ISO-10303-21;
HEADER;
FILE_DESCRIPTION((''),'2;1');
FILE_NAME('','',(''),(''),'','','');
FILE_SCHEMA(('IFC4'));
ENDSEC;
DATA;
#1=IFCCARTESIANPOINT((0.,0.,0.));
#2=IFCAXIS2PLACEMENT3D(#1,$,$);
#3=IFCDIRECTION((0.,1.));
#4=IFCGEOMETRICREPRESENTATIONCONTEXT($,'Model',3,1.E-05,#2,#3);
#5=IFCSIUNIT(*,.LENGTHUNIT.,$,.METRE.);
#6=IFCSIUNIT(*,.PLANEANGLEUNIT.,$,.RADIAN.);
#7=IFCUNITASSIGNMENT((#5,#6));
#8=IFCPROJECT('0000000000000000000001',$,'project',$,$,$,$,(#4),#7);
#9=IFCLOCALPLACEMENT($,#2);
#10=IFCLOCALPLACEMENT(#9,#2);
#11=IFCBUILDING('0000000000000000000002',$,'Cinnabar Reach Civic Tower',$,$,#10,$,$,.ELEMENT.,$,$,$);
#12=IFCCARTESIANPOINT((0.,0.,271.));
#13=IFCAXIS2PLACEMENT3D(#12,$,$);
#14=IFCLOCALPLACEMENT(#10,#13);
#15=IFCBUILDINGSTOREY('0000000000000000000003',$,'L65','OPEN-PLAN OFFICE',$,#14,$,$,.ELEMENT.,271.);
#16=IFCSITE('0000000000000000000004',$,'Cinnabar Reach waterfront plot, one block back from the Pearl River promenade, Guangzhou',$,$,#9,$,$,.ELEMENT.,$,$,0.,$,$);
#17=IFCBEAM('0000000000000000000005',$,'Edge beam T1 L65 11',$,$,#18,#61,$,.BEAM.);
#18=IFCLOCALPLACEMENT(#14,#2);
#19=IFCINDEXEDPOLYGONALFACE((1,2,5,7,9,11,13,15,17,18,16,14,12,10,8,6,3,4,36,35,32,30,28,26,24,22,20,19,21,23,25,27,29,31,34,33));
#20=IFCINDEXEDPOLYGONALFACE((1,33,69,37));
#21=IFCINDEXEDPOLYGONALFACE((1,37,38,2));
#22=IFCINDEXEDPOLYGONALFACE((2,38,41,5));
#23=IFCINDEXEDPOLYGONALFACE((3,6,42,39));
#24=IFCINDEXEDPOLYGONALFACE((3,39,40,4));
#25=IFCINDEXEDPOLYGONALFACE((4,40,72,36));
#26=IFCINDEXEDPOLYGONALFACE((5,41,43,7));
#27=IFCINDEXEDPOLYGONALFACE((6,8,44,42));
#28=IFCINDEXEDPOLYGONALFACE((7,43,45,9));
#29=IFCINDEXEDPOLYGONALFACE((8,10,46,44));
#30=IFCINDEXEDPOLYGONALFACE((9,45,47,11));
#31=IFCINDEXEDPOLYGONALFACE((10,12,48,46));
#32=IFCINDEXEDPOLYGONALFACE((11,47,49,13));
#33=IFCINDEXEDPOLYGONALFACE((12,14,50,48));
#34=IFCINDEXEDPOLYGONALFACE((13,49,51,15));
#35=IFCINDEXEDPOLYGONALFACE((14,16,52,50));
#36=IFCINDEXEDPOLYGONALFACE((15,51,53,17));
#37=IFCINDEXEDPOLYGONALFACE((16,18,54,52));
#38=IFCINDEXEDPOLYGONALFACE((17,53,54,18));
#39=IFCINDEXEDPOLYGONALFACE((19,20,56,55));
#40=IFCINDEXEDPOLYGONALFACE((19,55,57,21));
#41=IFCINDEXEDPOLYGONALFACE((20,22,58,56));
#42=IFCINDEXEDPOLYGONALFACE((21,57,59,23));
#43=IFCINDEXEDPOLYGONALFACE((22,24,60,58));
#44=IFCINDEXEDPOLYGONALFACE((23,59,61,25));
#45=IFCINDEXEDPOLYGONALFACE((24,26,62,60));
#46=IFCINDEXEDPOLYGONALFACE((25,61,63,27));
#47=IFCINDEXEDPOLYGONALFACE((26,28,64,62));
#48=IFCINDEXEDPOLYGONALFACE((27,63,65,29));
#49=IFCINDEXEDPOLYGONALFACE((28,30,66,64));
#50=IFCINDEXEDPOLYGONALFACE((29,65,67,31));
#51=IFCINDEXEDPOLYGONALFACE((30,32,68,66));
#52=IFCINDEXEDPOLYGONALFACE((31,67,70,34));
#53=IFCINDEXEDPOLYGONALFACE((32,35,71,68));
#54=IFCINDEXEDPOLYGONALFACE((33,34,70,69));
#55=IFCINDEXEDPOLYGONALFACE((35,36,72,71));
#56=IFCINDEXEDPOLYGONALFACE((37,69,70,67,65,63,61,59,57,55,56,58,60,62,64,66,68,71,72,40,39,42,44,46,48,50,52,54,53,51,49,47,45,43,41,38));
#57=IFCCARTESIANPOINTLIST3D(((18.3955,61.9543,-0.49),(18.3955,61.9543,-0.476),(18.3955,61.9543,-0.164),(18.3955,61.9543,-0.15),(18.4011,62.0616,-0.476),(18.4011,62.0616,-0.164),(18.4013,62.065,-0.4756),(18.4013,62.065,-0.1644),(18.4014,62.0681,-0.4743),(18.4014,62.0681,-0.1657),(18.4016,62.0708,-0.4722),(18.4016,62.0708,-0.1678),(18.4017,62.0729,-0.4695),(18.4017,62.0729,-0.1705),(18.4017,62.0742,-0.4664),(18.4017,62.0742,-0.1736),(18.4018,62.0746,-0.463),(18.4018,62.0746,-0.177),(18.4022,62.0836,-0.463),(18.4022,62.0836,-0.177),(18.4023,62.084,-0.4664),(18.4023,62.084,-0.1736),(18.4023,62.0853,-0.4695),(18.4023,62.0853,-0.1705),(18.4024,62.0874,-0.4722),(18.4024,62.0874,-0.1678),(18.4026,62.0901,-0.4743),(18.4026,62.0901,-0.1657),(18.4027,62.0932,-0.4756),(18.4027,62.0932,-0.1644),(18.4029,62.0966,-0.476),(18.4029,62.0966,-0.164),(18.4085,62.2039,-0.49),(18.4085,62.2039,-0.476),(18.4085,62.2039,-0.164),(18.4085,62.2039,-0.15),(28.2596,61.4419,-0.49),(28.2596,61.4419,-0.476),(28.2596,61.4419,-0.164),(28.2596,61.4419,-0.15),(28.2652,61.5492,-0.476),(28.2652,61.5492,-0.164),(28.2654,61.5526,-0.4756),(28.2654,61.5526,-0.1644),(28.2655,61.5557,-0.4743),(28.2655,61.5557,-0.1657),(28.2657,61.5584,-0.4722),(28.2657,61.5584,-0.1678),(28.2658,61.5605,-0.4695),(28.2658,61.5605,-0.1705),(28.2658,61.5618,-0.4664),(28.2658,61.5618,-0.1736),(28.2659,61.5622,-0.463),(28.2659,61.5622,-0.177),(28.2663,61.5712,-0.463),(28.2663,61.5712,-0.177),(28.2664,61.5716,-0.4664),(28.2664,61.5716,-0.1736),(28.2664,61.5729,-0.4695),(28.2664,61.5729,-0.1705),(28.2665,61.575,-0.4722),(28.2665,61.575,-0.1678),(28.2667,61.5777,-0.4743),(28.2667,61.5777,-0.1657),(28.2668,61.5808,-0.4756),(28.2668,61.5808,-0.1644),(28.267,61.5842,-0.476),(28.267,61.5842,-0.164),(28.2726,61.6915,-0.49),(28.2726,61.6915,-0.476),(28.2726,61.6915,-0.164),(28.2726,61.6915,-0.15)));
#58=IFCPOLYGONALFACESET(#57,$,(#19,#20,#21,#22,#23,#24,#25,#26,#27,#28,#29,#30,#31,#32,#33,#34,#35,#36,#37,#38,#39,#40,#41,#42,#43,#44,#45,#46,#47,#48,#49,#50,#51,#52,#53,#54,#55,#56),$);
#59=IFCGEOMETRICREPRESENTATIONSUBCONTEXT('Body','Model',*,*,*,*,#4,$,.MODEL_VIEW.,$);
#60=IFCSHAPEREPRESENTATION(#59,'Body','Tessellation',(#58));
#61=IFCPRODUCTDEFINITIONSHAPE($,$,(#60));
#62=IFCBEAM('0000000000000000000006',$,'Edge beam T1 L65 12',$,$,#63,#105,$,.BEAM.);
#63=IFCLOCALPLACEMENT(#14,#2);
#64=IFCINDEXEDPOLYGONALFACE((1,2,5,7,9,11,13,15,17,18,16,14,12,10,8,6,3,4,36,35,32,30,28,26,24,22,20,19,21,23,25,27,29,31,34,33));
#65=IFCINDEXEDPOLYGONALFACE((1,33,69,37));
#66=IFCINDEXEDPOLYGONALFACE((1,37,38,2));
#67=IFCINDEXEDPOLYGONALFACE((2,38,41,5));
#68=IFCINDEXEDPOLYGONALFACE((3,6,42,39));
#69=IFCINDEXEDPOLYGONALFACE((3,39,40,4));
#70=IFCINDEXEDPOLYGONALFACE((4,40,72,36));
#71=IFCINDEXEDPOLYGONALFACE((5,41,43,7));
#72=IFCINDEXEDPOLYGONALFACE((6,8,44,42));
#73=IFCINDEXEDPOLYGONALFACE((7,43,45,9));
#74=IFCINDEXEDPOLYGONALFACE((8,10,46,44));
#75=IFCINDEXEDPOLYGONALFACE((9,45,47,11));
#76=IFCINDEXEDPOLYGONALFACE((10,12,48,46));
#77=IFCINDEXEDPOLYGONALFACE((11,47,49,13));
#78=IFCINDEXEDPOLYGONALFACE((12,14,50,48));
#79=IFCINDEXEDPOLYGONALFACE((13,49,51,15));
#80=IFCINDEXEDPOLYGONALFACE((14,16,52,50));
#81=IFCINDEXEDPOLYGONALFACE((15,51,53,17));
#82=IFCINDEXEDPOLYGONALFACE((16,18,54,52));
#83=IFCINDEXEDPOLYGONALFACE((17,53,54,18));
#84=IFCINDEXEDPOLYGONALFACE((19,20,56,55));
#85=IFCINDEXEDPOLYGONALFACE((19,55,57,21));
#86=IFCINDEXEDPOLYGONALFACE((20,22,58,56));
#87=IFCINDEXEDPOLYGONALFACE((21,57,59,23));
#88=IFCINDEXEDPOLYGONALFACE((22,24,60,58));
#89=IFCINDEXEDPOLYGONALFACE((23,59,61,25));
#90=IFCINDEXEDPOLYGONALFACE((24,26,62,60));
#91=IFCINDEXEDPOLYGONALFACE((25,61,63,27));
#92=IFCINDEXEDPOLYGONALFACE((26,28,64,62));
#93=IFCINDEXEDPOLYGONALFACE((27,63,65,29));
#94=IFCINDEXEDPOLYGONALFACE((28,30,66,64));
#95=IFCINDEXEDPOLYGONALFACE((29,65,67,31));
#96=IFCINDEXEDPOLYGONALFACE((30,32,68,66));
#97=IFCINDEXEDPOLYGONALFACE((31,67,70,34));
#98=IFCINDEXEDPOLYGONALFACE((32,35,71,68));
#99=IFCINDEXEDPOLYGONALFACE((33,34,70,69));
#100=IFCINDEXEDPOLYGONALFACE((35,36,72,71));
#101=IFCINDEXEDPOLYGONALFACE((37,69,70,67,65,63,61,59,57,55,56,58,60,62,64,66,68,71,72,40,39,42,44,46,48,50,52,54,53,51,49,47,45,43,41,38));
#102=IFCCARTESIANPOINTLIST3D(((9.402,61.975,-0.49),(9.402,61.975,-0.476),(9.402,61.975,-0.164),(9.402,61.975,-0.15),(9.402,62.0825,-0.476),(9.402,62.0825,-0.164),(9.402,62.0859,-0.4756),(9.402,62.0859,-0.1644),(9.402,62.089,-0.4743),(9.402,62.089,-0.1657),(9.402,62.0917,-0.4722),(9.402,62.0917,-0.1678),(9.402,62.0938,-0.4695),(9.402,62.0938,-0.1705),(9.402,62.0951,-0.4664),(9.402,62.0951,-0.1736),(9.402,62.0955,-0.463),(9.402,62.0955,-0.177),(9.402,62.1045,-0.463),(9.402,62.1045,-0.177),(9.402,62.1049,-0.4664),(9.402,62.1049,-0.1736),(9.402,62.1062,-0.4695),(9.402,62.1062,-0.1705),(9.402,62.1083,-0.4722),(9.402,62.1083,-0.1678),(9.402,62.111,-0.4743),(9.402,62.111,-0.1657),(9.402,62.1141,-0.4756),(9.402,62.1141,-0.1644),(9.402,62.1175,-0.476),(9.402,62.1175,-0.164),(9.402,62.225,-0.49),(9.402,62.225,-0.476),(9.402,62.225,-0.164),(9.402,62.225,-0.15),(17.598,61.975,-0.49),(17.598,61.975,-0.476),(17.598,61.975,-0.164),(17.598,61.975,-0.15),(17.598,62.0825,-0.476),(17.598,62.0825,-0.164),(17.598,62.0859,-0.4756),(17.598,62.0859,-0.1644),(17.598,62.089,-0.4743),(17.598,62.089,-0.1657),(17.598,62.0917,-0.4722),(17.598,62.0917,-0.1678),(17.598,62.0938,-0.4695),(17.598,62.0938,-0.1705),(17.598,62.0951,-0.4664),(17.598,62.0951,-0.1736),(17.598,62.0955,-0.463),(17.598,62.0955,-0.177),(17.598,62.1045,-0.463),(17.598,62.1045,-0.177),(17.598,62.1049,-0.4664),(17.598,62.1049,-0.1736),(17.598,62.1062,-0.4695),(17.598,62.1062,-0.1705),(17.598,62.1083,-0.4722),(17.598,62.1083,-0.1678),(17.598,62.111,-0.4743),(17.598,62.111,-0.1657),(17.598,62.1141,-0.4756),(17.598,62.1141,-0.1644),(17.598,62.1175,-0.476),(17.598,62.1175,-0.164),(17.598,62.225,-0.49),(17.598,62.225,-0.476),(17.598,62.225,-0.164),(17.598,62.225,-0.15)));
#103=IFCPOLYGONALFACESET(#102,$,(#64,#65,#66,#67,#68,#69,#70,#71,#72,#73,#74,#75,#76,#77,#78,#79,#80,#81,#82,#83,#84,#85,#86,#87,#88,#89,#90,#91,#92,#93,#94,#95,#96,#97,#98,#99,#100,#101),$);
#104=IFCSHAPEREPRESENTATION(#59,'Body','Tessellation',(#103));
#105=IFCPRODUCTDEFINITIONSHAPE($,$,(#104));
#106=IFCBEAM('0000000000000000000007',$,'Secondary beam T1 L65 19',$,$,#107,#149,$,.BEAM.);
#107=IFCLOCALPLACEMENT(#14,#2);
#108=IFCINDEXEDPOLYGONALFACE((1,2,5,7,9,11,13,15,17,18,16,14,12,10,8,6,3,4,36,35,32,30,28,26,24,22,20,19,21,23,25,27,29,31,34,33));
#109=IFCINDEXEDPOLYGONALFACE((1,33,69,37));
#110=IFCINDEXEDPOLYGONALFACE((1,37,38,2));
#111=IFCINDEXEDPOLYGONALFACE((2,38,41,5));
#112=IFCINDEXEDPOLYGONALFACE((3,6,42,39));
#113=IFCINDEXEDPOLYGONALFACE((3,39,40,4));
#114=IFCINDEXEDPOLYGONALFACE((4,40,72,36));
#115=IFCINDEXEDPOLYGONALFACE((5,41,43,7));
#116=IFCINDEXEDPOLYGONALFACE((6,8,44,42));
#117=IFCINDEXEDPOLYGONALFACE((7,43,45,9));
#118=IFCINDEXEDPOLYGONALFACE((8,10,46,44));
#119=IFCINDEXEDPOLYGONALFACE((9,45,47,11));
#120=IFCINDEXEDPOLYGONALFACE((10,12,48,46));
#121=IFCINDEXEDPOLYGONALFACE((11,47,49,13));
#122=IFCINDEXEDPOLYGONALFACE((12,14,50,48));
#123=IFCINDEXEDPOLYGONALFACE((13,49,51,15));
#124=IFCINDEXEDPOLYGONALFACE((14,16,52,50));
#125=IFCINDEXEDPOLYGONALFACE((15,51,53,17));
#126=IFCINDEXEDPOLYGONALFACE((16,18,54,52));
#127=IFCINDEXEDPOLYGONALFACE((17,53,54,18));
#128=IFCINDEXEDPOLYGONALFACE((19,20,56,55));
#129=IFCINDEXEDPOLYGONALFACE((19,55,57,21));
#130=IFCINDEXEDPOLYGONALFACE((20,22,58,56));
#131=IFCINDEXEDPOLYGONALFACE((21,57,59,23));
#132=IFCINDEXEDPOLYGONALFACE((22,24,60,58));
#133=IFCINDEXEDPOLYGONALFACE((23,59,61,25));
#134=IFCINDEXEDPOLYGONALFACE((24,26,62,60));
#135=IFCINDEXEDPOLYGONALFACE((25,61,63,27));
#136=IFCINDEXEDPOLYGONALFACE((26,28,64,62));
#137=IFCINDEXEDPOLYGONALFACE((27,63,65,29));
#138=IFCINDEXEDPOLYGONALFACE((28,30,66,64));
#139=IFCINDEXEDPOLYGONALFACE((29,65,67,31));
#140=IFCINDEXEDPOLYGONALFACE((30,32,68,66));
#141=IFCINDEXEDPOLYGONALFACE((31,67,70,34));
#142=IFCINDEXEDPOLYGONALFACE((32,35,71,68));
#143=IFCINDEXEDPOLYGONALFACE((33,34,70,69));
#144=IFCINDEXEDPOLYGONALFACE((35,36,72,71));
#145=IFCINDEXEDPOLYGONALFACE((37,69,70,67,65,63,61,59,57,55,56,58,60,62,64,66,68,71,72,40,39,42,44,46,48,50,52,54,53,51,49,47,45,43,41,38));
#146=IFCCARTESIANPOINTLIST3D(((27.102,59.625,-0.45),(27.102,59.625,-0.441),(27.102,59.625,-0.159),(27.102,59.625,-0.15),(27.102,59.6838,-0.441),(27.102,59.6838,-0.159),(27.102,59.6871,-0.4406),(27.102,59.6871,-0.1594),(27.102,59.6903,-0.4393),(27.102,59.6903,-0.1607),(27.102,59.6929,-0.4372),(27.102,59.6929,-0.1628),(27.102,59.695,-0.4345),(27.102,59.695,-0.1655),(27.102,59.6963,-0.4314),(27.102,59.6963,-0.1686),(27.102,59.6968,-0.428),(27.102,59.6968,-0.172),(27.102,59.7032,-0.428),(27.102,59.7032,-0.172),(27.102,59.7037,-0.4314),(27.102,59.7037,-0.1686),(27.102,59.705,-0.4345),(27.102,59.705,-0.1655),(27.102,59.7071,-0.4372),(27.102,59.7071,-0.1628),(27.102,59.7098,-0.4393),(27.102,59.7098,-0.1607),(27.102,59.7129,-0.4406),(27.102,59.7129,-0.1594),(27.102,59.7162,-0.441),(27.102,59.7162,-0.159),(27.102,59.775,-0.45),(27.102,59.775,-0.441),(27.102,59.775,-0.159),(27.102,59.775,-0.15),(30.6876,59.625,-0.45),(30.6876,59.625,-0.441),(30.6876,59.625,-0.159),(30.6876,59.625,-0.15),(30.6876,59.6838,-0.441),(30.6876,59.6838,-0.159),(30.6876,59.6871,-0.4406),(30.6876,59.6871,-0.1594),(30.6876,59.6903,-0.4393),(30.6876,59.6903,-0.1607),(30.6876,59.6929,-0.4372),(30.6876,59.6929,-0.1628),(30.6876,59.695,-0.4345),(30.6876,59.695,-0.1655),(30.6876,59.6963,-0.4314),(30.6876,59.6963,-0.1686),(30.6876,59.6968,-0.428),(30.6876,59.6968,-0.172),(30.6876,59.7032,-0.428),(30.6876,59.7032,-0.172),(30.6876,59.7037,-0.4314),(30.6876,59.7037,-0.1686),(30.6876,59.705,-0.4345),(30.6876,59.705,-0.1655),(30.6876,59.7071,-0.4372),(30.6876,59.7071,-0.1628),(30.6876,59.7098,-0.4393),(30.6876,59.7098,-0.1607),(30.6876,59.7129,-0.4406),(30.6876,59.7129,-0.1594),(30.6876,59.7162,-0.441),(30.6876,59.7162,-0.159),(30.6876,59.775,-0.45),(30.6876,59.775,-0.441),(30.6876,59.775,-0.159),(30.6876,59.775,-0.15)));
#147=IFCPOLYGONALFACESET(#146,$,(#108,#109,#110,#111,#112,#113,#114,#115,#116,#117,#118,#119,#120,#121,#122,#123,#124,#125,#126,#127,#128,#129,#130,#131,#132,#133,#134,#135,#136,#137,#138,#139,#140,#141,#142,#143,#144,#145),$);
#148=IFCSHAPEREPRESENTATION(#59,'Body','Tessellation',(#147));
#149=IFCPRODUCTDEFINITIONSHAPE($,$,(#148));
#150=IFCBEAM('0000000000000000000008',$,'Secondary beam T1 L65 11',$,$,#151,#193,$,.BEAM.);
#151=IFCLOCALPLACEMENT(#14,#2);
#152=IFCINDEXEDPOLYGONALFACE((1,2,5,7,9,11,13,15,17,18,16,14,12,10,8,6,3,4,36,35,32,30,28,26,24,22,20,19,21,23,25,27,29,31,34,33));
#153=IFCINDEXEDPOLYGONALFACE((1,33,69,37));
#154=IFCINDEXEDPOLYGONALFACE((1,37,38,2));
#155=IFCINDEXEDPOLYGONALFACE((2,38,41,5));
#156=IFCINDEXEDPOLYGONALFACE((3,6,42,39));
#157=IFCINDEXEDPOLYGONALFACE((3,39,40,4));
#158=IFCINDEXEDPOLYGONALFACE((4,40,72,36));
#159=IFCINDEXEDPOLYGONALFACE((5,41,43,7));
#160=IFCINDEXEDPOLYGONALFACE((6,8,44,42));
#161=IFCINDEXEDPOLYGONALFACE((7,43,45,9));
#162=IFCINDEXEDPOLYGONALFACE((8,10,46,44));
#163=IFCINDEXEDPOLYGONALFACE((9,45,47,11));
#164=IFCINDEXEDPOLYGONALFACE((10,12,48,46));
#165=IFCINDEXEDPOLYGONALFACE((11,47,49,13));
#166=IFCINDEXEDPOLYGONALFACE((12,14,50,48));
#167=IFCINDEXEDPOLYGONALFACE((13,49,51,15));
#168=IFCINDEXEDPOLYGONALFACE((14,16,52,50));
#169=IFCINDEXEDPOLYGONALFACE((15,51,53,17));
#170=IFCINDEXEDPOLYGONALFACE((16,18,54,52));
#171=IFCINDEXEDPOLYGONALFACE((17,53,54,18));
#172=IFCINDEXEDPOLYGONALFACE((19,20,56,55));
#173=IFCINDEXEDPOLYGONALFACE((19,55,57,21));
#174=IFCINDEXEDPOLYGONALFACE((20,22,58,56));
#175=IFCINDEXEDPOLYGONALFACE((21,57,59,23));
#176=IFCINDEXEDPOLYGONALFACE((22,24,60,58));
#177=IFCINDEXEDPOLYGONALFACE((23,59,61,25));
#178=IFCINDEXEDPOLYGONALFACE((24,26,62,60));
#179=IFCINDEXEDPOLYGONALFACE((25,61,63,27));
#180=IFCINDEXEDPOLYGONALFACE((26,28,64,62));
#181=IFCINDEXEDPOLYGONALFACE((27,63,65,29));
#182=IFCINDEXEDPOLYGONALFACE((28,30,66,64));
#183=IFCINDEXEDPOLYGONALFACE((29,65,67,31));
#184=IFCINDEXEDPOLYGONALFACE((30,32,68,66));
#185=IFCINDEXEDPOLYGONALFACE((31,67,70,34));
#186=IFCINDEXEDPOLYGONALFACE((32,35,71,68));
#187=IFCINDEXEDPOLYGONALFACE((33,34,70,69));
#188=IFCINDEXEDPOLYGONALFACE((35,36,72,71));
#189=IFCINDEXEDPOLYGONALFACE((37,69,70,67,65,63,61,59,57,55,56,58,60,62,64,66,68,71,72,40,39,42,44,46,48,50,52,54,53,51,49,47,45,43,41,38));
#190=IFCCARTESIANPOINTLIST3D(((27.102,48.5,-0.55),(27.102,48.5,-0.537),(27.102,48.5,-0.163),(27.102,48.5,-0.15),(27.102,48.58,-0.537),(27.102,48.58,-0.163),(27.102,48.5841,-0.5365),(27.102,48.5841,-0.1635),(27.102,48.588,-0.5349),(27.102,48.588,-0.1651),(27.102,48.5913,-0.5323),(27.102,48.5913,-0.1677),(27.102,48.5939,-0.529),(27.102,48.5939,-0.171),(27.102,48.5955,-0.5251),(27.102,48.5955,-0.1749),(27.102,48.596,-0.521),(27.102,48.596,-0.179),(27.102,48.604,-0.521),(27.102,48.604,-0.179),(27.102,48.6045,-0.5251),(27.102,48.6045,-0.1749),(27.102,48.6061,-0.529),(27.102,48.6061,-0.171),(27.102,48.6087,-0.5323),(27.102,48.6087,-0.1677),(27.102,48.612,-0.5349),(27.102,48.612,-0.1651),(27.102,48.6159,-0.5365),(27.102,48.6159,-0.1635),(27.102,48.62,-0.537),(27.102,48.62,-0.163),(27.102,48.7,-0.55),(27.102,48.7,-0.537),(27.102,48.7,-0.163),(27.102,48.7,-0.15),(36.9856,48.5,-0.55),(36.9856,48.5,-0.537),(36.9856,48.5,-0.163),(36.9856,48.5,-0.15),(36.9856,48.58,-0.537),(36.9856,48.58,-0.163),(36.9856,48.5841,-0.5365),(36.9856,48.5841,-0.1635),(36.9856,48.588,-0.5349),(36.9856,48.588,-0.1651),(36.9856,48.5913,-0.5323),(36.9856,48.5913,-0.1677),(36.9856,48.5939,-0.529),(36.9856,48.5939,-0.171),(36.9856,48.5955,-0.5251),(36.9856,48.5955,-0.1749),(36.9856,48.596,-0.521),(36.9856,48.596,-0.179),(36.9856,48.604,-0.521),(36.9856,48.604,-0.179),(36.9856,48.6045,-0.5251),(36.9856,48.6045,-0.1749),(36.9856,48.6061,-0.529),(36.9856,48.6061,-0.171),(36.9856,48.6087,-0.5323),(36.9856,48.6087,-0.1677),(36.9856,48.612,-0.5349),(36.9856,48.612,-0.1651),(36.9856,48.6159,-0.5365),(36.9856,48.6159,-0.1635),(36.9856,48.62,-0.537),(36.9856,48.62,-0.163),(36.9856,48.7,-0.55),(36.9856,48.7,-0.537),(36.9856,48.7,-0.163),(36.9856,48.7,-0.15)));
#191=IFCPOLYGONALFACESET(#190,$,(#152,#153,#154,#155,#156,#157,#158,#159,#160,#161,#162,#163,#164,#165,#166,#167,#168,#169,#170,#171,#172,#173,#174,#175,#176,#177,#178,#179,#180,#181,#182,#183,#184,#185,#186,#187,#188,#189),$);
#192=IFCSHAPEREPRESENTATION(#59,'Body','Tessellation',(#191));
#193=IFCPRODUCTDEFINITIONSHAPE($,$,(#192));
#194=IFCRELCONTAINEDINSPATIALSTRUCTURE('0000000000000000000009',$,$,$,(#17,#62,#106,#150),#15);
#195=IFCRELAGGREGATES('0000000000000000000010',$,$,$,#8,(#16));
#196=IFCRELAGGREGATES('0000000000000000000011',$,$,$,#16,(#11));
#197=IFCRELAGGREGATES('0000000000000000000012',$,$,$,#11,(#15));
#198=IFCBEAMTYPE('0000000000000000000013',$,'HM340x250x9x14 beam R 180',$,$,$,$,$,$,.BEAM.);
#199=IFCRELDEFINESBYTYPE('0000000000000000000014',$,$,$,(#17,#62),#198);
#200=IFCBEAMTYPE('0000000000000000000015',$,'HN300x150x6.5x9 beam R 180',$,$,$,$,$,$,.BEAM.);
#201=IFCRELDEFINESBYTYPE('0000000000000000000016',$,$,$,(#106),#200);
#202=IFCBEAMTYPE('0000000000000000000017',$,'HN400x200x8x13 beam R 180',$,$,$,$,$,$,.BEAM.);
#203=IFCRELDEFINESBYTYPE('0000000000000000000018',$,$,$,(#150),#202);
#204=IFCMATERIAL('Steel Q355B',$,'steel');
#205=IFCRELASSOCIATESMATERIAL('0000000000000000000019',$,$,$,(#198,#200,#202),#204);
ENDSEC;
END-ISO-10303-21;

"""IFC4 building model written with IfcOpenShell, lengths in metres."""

from ifc_helpers import new_model, si_unit, direction, frame, origin, origin_2d, place, context, subcontext, project, spatial, i_section, extrude, material, material_profile, profile_set, type_object, element, save


model = new_model("IFC4")

# Units and contexts
model_context = context("Model", 3, precision=1e-05, world=origin(), true_north=direction((0.0, 1.0)))
body_context = subcontext(model_context, "Body", "Model", "MODEL_VIEW")
ifc_project = project(units=[si_unit("LENGTHUNIT", "METRE"), si_unit("PLANEANGLEUNIT", "RADIAN")], contexts=[model_context])

# Site, building, storey
site_placement = place(None, origin())
site = spatial("IfcSite", under=ifc_project, at=site_placement, Name="Cinnabar Reach waterfront plot, one block back from the Pearl River promenade, Guangzhou", CompositionType="ELEMENT", RefElevation=0.0)
building_placement = place(site_placement, origin())
building = spatial("IfcBuilding", under=site, at=building_placement, Name="Cinnabar Reach Civic Tower", CompositionType="ELEMENT")
storey_placement = place(building_placement, frame((0.0, 0.0, 271.0)))
storey = spatial("IfcBuildingStorey", under=building, at=storey_placement, Name="L65", Description="OPEN-PLAN OFFICE", CompositionType="ELEMENT", Elevation=271.0)

# Beams
ifc_material_1 = material(Name="Steel Q355B", Category="steel")
ifc_material_profile_1 = material_profile(ifc_material_1, i_section(OverallWidth=0.25, OverallDepth=0.34, WebThickness=0.009, FlangeThickness=0.014, FilletRadius=0.013, at=origin_2d()), Name="HM340x250x9x14")
ifc_profile_set_1 = profile_set([ifc_material_profile_1], Name="Steel Q355B")
beam_type_1 = type_object("IfcBeamType", Name="HM340x250x9x14 beam R 180", PredefinedType="BEAM", material=ifc_profile_set_1)
beam_1_placement = place(storey_placement, frame((28.2661, 61.5667, -0.32), z_axis=(-0.998654, 0.051876, 0.0), x_axis=(-0.051876, -0.998654, 0.0)))
element("IfcBeam", 1, at=beam_1_placement, inside=storey, type_object=beam_type_1, Name="Edge beam T1 L65 11", PredefinedType="BEAM", context=body_context, shape_type="SweptSolid", body=[
    extrude(i_section(OverallWidth=0.25, OverallDepth=0.34, WebThickness=0.009, FlangeThickness=0.014, FilletRadius=0.013, at=origin_2d()), origin(), (0.0, 0.0, 1.0), 9.8774),
])
beam_2_placement = place(storey_placement, frame((17.598, 62.1, -0.32), z_axis=(-1.0, 0.0, 0.0), x_axis=(0.0, -1.0, 0.0)))
element("IfcBeam", 2, at=beam_2_placement, inside=storey, type_object=beam_type_1, Name="Edge beam T1 L65 12", PredefinedType="BEAM", context=body_context, shape_type="SweptSolid", body=[
    extrude(i_section(OverallWidth=0.25, OverallDepth=0.34, WebThickness=0.009, FlangeThickness=0.014, FilletRadius=0.013, at=origin_2d()), origin(), (0.0, 0.0, 1.0), 8.196),
])
ifc_material_profile_2 = material_profile(ifc_material_1, i_section(OverallWidth=0.15, OverallDepth=0.3, WebThickness=0.0065, FlangeThickness=0.009, FilletRadius=0.013, at=origin_2d()), Name="HN300x150x6.5x9")
ifc_profile_set_2 = profile_set([ifc_material_profile_2], Name="Steel Q355B")
beam_type_2 = type_object("IfcBeamType", Name="HN300x150x6.5x9 beam R 180", PredefinedType="BEAM", material=ifc_profile_set_2)
beam_3_placement = place(storey_placement, frame((27.102, 59.7, -0.3), z_axis=(1.0, 0.0, 0.0), x_axis=(0.0, 1.0, 0.0)))
element("IfcBeam", 3, at=beam_3_placement, inside=storey, type_object=beam_type_2, Name="Secondary beam T1 L65 19", PredefinedType="BEAM", context=body_context, shape_type="SweptSolid", body=[
    extrude(i_section(OverallWidth=0.15, OverallDepth=0.3, WebThickness=0.0065, FlangeThickness=0.009, FilletRadius=0.013, at=origin_2d()), origin(), (0.0, 0.0, 1.0), 3.5856),
])
ifc_material_profile_3 = material_profile(ifc_material_1, i_section(OverallWidth=0.2, OverallDepth=0.4, WebThickness=0.008, FlangeThickness=0.013, FilletRadius=0.016, at=origin_2d()), Name="HN400x200x8x13")
ifc_profile_set_3 = profile_set([ifc_material_profile_3], Name="Steel Q355B")
beam_type_3 = type_object("IfcBeamType", Name="HN400x200x8x13 beam R 180", PredefinedType="BEAM", material=ifc_profile_set_3)
beam_4_placement = place(storey_placement, frame((27.102, 48.6, -0.35), z_axis=(1.0, 0.0, 0.0), x_axis=(0.0, 1.0, 0.0)))
element("IfcBeam", 4, at=beam_4_placement, inside=storey, type_object=beam_type_3, Name="Secondary beam T1 L65 11", PredefinedType="BEAM", context=body_context, shape_type="SweptSolid", body=[
    extrude(i_section(OverallWidth=0.2, OverallDepth=0.4, WebThickness=0.008, FlangeThickness=0.013, FilletRadius=0.016, at=origin_2d()), origin(), (0.0, 0.0, 1.0), 9.8836),
])

save(model, "model.ifc")
